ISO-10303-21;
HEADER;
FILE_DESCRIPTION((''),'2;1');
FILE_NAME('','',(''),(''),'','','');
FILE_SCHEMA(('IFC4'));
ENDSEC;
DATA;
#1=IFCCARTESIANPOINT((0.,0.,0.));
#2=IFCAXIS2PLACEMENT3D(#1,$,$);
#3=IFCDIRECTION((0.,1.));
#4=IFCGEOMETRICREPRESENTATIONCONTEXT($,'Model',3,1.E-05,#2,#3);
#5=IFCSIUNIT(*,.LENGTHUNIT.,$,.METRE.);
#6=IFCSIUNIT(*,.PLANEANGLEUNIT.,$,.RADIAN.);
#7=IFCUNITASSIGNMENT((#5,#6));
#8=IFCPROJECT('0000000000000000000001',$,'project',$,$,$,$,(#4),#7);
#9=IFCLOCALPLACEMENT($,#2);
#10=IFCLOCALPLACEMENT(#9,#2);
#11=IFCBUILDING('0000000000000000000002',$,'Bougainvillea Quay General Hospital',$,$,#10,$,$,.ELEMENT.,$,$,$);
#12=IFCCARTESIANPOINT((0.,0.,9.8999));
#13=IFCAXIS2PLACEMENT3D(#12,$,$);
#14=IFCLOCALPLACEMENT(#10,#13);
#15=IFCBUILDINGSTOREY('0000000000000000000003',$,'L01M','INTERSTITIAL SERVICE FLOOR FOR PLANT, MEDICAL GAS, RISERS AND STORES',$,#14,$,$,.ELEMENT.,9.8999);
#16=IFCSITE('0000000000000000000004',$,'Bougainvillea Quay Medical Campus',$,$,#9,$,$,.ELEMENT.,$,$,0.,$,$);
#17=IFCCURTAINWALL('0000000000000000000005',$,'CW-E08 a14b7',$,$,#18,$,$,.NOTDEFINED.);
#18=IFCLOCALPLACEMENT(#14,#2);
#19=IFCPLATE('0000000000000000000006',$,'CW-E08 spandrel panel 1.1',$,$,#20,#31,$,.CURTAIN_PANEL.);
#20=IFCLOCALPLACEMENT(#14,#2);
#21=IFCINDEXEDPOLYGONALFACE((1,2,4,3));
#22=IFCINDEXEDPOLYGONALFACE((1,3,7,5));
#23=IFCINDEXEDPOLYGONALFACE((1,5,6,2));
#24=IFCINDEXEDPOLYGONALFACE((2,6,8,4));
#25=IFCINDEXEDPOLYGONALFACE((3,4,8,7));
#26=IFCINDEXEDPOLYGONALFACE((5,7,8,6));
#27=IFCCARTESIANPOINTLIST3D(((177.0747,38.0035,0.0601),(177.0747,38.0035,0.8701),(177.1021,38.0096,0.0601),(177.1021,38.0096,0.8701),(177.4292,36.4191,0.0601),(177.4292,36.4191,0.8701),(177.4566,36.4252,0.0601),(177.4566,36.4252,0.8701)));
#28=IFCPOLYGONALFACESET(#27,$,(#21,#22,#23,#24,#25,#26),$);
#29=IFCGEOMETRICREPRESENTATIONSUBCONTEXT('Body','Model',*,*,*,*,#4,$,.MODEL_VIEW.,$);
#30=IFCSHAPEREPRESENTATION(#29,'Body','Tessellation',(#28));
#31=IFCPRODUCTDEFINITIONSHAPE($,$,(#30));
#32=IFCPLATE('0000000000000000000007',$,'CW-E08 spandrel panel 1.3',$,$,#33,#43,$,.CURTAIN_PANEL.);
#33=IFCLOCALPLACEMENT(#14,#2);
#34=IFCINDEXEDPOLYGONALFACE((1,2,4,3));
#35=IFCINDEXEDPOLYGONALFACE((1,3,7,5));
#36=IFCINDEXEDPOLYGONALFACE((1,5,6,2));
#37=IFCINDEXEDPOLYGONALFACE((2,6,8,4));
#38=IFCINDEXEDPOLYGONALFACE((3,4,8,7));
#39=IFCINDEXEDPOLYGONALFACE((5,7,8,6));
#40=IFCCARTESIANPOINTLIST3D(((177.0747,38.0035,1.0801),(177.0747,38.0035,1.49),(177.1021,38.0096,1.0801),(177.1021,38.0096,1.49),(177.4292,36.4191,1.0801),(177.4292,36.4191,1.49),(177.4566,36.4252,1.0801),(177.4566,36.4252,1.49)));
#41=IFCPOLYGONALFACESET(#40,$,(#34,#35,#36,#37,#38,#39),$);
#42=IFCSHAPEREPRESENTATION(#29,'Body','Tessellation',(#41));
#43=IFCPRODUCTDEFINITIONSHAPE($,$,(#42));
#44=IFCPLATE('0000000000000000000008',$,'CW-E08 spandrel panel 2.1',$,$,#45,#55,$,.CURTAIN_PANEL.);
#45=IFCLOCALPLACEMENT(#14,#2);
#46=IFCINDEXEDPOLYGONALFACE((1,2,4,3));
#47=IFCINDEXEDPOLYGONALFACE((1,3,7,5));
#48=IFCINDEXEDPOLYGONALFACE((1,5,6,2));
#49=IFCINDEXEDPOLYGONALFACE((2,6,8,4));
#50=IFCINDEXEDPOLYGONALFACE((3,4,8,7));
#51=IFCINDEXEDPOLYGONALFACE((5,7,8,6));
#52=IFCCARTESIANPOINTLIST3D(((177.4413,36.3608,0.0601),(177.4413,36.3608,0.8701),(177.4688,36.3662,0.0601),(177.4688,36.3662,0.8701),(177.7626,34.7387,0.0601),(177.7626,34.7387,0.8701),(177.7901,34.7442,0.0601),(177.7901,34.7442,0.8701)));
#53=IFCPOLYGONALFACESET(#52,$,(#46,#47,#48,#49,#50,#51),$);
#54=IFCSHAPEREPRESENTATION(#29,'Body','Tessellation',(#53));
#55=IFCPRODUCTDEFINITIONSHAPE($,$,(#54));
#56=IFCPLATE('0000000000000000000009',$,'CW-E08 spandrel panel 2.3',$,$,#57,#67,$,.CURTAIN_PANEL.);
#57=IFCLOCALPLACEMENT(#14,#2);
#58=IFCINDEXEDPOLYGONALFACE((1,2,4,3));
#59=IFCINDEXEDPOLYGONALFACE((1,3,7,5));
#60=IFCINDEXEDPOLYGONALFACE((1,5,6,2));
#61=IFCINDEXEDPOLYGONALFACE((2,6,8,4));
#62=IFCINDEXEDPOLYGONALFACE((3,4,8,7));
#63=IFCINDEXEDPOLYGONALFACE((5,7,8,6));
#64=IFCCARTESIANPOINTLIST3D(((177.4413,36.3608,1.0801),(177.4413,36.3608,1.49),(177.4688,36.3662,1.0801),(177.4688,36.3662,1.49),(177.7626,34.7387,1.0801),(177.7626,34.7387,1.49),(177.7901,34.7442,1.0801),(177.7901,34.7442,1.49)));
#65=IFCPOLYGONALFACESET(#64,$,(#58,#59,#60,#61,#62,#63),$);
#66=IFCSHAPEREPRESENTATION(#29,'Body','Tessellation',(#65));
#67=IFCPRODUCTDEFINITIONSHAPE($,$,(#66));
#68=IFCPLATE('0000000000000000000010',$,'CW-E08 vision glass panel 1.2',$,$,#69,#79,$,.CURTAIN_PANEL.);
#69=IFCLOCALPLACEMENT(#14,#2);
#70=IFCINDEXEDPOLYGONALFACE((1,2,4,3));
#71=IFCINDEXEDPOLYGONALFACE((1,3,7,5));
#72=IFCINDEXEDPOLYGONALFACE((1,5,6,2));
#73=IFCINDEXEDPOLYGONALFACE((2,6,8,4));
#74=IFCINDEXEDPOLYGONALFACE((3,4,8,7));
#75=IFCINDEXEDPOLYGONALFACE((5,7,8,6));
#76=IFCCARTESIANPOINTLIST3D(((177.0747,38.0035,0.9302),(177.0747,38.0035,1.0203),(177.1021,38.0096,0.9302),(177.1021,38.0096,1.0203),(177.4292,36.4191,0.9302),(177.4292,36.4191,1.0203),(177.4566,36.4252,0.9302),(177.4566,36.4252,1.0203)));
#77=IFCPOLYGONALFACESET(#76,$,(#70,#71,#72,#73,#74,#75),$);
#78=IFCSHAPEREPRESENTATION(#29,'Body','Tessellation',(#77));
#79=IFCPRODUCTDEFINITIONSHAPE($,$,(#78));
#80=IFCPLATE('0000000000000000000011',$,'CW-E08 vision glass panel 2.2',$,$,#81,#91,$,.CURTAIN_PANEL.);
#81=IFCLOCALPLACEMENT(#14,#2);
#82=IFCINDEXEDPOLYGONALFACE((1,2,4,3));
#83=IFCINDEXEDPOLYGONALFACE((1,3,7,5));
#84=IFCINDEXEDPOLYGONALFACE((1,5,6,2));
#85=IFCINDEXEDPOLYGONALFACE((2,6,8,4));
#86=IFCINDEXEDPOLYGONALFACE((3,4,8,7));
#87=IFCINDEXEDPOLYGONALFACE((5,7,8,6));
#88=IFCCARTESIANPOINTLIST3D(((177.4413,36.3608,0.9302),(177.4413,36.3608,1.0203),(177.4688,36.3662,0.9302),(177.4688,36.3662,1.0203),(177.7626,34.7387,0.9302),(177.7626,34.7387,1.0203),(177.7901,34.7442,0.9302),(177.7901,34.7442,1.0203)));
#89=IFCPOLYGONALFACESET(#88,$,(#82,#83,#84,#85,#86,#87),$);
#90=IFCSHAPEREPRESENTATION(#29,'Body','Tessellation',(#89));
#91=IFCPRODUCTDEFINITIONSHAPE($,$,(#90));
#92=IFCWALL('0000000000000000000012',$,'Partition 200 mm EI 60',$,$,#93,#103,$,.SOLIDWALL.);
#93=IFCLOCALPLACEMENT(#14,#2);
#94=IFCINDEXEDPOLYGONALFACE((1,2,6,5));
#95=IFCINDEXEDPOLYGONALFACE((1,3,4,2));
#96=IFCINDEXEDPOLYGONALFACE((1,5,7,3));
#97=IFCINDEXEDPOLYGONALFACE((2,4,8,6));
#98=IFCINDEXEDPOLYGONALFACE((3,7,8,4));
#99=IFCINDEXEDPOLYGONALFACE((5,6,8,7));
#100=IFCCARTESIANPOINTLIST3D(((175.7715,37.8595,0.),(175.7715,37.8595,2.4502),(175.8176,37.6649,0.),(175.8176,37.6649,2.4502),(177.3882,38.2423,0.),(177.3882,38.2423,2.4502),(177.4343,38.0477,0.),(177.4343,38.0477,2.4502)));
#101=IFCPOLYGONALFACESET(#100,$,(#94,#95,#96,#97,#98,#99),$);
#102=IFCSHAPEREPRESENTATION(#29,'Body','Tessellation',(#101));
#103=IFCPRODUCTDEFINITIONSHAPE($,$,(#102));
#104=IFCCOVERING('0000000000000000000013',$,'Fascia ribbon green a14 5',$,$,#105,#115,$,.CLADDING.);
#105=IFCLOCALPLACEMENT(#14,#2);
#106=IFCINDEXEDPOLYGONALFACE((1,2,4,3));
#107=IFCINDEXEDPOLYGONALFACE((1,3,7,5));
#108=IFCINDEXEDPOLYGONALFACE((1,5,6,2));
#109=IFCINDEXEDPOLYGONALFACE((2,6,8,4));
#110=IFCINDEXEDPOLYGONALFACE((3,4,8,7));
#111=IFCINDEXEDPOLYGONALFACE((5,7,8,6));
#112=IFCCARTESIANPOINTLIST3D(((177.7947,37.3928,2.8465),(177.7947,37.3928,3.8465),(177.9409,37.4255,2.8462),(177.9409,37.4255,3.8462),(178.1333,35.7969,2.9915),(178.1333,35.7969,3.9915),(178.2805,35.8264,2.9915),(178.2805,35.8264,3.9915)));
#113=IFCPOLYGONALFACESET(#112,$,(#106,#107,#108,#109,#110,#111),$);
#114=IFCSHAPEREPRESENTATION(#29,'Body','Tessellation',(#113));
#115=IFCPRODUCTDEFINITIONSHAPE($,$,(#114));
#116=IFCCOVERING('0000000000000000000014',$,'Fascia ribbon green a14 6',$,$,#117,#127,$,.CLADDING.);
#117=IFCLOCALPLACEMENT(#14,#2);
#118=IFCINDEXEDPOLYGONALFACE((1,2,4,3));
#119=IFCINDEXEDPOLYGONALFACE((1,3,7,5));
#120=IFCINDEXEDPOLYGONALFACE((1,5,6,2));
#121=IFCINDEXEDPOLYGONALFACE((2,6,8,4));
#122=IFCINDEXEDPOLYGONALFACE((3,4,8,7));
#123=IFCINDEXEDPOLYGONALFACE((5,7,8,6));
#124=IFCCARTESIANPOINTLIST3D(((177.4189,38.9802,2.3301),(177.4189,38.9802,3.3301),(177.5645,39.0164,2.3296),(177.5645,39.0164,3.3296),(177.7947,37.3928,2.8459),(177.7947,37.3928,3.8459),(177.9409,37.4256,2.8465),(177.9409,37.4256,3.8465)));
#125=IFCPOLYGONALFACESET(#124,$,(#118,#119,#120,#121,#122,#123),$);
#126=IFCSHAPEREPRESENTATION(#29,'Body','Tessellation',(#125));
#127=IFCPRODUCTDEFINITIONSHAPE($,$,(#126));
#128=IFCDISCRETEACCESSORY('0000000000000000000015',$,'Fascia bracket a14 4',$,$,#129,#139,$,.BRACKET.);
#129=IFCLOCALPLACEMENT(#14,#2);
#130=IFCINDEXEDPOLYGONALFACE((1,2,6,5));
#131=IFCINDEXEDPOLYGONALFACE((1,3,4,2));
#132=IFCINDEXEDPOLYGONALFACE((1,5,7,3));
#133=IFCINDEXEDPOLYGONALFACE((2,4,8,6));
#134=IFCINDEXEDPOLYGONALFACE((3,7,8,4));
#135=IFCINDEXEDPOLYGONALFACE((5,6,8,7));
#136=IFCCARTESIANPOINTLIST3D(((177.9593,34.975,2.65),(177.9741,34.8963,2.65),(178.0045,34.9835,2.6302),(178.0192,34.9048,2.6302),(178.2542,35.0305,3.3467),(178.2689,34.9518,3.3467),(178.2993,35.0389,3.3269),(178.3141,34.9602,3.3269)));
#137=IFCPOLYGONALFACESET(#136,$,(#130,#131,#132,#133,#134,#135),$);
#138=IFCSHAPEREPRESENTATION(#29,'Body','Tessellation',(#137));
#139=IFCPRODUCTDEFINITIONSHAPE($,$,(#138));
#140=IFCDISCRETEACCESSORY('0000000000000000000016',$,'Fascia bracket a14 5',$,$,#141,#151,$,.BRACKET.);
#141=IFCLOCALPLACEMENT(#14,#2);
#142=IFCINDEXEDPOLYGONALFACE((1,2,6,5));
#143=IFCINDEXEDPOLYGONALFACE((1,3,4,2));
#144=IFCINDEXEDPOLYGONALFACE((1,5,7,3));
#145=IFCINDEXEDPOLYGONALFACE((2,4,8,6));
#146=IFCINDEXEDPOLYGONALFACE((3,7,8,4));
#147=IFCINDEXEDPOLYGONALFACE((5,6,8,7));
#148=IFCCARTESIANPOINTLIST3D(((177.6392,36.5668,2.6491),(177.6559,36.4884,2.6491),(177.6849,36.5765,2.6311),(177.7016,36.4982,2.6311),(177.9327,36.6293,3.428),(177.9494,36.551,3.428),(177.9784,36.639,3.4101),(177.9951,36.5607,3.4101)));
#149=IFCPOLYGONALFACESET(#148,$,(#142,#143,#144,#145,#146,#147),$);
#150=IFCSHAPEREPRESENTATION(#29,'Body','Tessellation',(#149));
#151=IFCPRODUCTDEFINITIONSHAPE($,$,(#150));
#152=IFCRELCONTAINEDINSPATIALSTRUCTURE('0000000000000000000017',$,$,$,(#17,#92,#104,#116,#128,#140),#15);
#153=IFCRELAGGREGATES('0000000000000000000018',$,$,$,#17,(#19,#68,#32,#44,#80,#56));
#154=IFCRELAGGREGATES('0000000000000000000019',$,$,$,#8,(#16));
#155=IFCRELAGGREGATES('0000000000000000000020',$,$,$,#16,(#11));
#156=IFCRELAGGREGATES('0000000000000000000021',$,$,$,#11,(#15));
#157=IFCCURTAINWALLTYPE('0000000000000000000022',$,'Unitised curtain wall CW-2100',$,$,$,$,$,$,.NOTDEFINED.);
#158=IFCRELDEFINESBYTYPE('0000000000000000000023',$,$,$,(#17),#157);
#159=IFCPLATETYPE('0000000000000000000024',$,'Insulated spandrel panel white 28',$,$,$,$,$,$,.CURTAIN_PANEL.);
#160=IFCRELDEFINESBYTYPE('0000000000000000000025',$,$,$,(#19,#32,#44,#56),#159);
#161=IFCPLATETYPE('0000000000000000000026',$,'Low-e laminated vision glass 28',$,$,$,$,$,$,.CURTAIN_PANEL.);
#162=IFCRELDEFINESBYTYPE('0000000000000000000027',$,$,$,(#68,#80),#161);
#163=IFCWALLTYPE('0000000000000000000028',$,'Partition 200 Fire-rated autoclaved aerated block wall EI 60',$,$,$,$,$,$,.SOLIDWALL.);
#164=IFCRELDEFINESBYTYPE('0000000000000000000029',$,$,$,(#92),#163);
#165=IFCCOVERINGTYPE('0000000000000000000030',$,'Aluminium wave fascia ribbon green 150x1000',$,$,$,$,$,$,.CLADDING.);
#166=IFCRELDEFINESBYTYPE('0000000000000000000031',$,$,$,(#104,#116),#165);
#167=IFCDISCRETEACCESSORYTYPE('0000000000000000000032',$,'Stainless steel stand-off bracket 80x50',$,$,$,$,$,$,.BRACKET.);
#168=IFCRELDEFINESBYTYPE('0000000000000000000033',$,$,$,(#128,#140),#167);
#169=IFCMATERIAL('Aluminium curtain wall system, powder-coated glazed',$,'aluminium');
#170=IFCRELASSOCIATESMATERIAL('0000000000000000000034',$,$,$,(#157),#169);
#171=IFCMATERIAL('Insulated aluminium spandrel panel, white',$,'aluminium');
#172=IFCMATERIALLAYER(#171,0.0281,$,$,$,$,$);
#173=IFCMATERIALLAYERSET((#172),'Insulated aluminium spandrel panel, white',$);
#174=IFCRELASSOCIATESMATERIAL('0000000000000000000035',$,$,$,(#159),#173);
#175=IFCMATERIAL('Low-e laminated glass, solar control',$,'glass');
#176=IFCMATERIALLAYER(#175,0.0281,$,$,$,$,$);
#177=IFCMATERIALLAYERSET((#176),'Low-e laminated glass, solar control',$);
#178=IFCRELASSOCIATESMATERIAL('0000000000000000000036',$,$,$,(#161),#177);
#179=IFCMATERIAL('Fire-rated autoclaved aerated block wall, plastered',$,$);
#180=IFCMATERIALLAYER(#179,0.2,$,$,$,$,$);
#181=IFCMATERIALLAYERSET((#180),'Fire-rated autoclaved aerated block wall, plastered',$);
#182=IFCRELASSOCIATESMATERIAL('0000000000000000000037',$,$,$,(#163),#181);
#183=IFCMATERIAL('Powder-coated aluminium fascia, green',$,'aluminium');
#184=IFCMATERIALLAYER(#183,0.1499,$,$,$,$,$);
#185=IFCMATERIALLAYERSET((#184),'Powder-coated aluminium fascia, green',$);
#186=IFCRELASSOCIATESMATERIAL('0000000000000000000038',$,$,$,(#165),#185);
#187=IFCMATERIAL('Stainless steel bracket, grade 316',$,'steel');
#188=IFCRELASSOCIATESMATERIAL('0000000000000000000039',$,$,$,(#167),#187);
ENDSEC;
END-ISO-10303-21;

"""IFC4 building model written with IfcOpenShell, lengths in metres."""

from ifc_helpers import new_model, si_unit, direction, frame, frame_2d, origin, origin_2d, place, context, subcontext, project, spatial, polyline, rectangle, outline, extrude, material, layer, layer_set, material_profile, profile_set, type_object, element, aggregate, save


model = new_model("IFC4")

# Units and contexts
model_context = context("Model", 3, precision=1e-05, world=origin(), true_north=direction((0.0, 1.0)))
body_context = subcontext(model_context, "Body", "Model", "MODEL_VIEW")
ifc_project = project(units=[si_unit("LENGTHUNIT", "METRE"), si_unit("PLANEANGLEUNIT", "RADIAN")], contexts=[model_context])

# Site, building, storey
site_placement = place(None, origin())
site = spatial("IfcSite", under=ifc_project, at=site_placement, Name="Bougainvillea Quay Medical Campus", CompositionType="ELEMENT", RefElevation=0.0)
building_placement = place(site_placement, origin())
building = spatial("IfcBuilding", under=site, at=building_placement, Name="Bougainvillea Quay General Hospital", CompositionType="ELEMENT")
storey_placement = place(building_placement, frame((0.0, 0.0, 9.8999)))
storey = spatial("IfcBuildingStorey", under=building, at=storey_placement, Name="L01M", Description="INTERSTITIAL SERVICE FLOOR FOR PLANT, MEDICAL GAS, RISERS AND STORES", CompositionType="ELEMENT", Elevation=9.8999)

# Shared definitions
ifc_material_1 = material(Name="Aluminium curtain wall system, powder-coated glazed", Category="aluminium")
curtain_wall_type = type_object("IfcCurtainWallType", Name="Unitised curtain wall CW-2100", PredefinedType="NOTDEFINED", material=ifc_material_1)

# Curtain wall, plates
curtain_wall_1_placement = place(storey_placement, origin())
curtain_wall_1 = element("IfcCurtainWall", 1, at=curtain_wall_1_placement, inside=storey, type_object=curtain_wall_type, Name="CW-E08 a14b7", PredefinedType="NOTDEFINED")
ifc_material_2 = material(Name="Insulated aluminium spandrel panel, white", Category="aluminium")
ifc_layer_1 = layer(ifc_material_2, 0.0281)
ifc_layer_set_1 = layer_set([ifc_layer_1], Name="Insulated aluminium spandrel panel, white")
plate_type_1 = type_object("IfcPlateType", Name="Insulated spandrel panel white 28", PredefinedType="CURTAIN_PANEL", material=ifc_layer_set_1)
plate_1_placement = place(storey_placement, frame((177.2656, 37.2144, 0.0601), z_axis=(0.0, 0.0, 1.0), x_axis=(0.218351, -0.97587, 0.0)))
plate_1 = element("IfcPlate", 2, at=plate_1_placement, type_object=plate_type_1, Name="CW-E08 spandrel panel 1.1", PredefinedType="CURTAIN_PANEL", context=body_context, shape_type="SweptSolid", body=[
    extrude(rectangle(XDim=1.6235, YDim=0.0281, at=origin_2d()), origin(), (0.0, 0.0, 1.0), 0.8101),
])
plate_2_placement = place(storey_placement, frame((177.2656, 37.2144, 1.0801), z_axis=(0.0, 0.0, 1.0), x_axis=(0.218351, -0.97587, 0.0)))
plate_2 = element("IfcPlate", 3, at=plate_2_placement, type_object=plate_type_1, Name="CW-E08 spandrel panel 1.3", PredefinedType="CURTAIN_PANEL", context=body_context, shape_type="SweptSolid", body=[
    extrude(rectangle(XDim=1.6235, YDim=0.0281, at=origin_2d()), origin(), (0.0, 0.0, 1.0), 0.4099),
])
plate_3_placement = place(storey_placement, frame((177.6157, 35.5525, 0.0601), z_axis=(0.0, 0.0, 1.0), x_axis=(0.194314, -0.980939, 0.0)))
plate_3 = element("IfcPlate", 4, at=plate_3_placement, type_object=plate_type_1, Name="CW-E08 spandrel panel 2.1", PredefinedType="CURTAIN_PANEL", context=body_context, shape_type="SweptSolid", body=[
    extrude(rectangle(XDim=1.6536, YDim=0.0281, at=origin_2d()), origin(), (0.0, 0.0, 1.0), 0.8101),
])
plate_4_placement = place(storey_placement, frame((177.6157, 35.5525, 1.0801), z_axis=(0.0, 0.0, 1.0), x_axis=(0.194314, -0.980939, 0.0)))
plate_4 = element("IfcPlate", 5, at=plate_4_placement, type_object=plate_type_1, Name="CW-E08 spandrel panel 2.3", PredefinedType="CURTAIN_PANEL", context=body_context, shape_type="SweptSolid", body=[
    extrude(rectangle(XDim=1.6536, YDim=0.0281, at=origin_2d()), origin(), (0.0, 0.0, 1.0), 0.4099),
])
ifc_material_3 = material(Name="Low-e laminated glass, solar control", Category="glass")
ifc_layer_2 = layer(ifc_material_3, 0.0281)
ifc_layer_set_2 = layer_set([ifc_layer_2], Name="Low-e laminated glass, solar control")
plate_type_2 = type_object("IfcPlateType", Name="Low-e laminated vision glass 28", PredefinedType="CURTAIN_PANEL", material=ifc_layer_set_2)
plate_5_placement = place(storey_placement, frame((177.2656, 37.2144, 0.9302), z_axis=(0.0, 0.0, 1.0), x_axis=(0.218351, -0.97587, 0.0)))
plate_5 = element("IfcPlate", 6, at=plate_5_placement, type_object=plate_type_2, Name="CW-E08 vision glass panel 1.2", PredefinedType="CURTAIN_PANEL", context=body_context, shape_type="SweptSolid", body=[
    extrude(rectangle(XDim=1.6235, YDim=0.0281, at=origin_2d()), origin(), (0.0, 0.0, 1.0), 0.0901),
])
plate_6_placement = place(storey_placement, frame((177.6157, 35.5525, 0.9302), z_axis=(0.0, 0.0, 1.0), x_axis=(0.194314, -0.980939, 0.0)))
plate_6 = element("IfcPlate", 7, at=plate_6_placement, type_object=plate_type_2, Name="CW-E08 vision glass panel 2.2", PredefinedType="CURTAIN_PANEL", context=body_context, shape_type="SweptSolid", body=[
    extrude(rectangle(XDim=1.6536, YDim=0.0281, at=origin_2d()), origin(), (0.0, 0.0, 1.0), 0.0901),
])
aggregate(curtain_wall_1, [plate_1, plate_5, plate_2, plate_3, plate_6, plate_4])

# Wall
ifc_material_4 = material(Name="Fire-rated autoclaved aerated block wall, plastered")
ifc_layer_3 = layer(ifc_material_4, 0.2)
ifc_layer_set_3 = layer_set([ifc_layer_3], Name="Fire-rated autoclaved aerated block wall, plastered")
wall_type = type_object("IfcWallType", Name="Partition 200 Fire-rated autoclaved aerated block wall EI 60", PredefinedType="SOLIDWALL", material=ifc_layer_set_3)
wall_placement = place(storey_placement, frame((175.7947, 37.7622, 0.0), z_axis=(0.0, 0.0, 1.0), x_axis=(0.973092, 0.230415, 0.0)))
element("IfcWall", 8, at=wall_placement, inside=storey, type_object=wall_type, Name="Partition 200 mm EI 60", PredefinedType="SOLIDWALL", context=body_context, shape_type="SweptSolid", body=[
    extrude(rectangle(XDim=1.6614, YDim=0.2, at=frame_2d((0.8306, 0.0))), origin(), (0.0, 0.0, 1.0), 2.4502),
])

# Coverings
ifc_material_5 = material(Name="Powder-coated aluminium fascia, green", Category="aluminium")
ifc_layer_4 = layer(ifc_material_5, 0.1499)
ifc_layer_set_4 = layer_set([ifc_layer_4], Name="Powder-coated aluminium fascia, green")
covering_type = type_object("IfcCoveringType", Name="Aluminium wave fascia ribbon green 150x1000", PredefinedType="CLADDING", material=ifc_layer_set_4)
covering_1_placement = place(storey_placement, frame((178.1333, 35.7969, 2.9915), z_axis=(-0.017578, 0.086765, 0.996074), x_axis=(-0.206741, 0.974383, -0.088524)))
element("IfcCovering", 9, at=covering_1_placement, inside=storey, type_object=covering_type, Name="Fascia ribbon green a14 5", PredefinedType="CLADDING", context=body_context, shape_type="SweptSolid", body=[
    extrude(outline(polyline([(0.0, 0.0), (1.6379, 0.0), (1.6396, -0.1498), (-0.0017, -0.1501), (0.0, 0.0)])), origin(), (-0.088524, 0.00081, 0.996074), 1.0),
])
covering_2_placement = place(storey_placement, frame((177.7947, 37.3928, 2.8459), z_axis=(-0.069244, 0.293427, 0.95347), x_axis=(-0.219615, 0.927833, -0.301487)))
element("IfcCovering", 10, at=covering_2_placement, inside=storey, type_object=covering_type, Name="Fascia ribbon green a14 6", PredefinedType="CLADDING", context=body_context, shape_type="SweptSolid", body=[
    extrude(outline(polyline([(0.0, 0.0), (1.7109, 0.0), (1.7126, -0.1499), (-0.0019, -0.1498), (0.0, 0.0)])), origin(), (-0.301487, 0.000194, 0.95347), 1.0),
])

# Discrete accessories
ifc_material_6 = material(Name="Stainless steel bracket, grade 316", Category="steel")
ifc_material_profile_1 = material_profile(ifc_material_6, rectangle(XDim=0.0801, YDim=0.05, at=origin_2d()))
ifc_profile_set_1 = profile_set([ifc_material_profile_1], Name="Stainless steel bracket, grade 316")
discrete_accessory_type = type_object("IfcDiscreteAccessoryType", Name="Stainless steel stand-off bracket 80x50", PredefinedType="BRACKET", material=ifc_profile_set_1)
discrete_accessory_1_placement = place(storey_placement, frame((177.9893, 34.9399, 2.6401), z_axis=(0.388746, 0.073051, 0.918444), x_axis=(-0.184681, 0.982798, 0.0)))
element("IfcDiscreteAccessory", 11, at=discrete_accessory_1_placement, inside=storey, type_object=discrete_accessory_type, Name="Fascia bracket a14 4", PredefinedType="BRACKET", context=body_context, shape_type="SweptSolid", body=[
    extrude(rectangle(XDim=0.0801, YDim=0.05, at=origin_2d()), origin(), (0.0, 0.0, 1.0), 0.7585),
])
discrete_accessory_2_placement = place(storey_placement, frame((177.6704, 36.5325, 2.6401), z_axis=(0.351612, 0.074886, 0.933146), x_axis=(-0.208306, 0.978064, 0.0)))
element("IfcDiscreteAccessory", 12, at=discrete_accessory_2_placement, inside=storey, type_object=discrete_accessory_type, Name="Fascia bracket a14 5", PredefinedType="BRACKET", context=body_context, shape_type="SweptSolid", body=[
    extrude(rectangle(XDim=0.0801, YDim=0.05, at=origin_2d()), origin(), (0.0, 0.0, 1.0), 0.8347),
])

save(model, "model.ifc")
